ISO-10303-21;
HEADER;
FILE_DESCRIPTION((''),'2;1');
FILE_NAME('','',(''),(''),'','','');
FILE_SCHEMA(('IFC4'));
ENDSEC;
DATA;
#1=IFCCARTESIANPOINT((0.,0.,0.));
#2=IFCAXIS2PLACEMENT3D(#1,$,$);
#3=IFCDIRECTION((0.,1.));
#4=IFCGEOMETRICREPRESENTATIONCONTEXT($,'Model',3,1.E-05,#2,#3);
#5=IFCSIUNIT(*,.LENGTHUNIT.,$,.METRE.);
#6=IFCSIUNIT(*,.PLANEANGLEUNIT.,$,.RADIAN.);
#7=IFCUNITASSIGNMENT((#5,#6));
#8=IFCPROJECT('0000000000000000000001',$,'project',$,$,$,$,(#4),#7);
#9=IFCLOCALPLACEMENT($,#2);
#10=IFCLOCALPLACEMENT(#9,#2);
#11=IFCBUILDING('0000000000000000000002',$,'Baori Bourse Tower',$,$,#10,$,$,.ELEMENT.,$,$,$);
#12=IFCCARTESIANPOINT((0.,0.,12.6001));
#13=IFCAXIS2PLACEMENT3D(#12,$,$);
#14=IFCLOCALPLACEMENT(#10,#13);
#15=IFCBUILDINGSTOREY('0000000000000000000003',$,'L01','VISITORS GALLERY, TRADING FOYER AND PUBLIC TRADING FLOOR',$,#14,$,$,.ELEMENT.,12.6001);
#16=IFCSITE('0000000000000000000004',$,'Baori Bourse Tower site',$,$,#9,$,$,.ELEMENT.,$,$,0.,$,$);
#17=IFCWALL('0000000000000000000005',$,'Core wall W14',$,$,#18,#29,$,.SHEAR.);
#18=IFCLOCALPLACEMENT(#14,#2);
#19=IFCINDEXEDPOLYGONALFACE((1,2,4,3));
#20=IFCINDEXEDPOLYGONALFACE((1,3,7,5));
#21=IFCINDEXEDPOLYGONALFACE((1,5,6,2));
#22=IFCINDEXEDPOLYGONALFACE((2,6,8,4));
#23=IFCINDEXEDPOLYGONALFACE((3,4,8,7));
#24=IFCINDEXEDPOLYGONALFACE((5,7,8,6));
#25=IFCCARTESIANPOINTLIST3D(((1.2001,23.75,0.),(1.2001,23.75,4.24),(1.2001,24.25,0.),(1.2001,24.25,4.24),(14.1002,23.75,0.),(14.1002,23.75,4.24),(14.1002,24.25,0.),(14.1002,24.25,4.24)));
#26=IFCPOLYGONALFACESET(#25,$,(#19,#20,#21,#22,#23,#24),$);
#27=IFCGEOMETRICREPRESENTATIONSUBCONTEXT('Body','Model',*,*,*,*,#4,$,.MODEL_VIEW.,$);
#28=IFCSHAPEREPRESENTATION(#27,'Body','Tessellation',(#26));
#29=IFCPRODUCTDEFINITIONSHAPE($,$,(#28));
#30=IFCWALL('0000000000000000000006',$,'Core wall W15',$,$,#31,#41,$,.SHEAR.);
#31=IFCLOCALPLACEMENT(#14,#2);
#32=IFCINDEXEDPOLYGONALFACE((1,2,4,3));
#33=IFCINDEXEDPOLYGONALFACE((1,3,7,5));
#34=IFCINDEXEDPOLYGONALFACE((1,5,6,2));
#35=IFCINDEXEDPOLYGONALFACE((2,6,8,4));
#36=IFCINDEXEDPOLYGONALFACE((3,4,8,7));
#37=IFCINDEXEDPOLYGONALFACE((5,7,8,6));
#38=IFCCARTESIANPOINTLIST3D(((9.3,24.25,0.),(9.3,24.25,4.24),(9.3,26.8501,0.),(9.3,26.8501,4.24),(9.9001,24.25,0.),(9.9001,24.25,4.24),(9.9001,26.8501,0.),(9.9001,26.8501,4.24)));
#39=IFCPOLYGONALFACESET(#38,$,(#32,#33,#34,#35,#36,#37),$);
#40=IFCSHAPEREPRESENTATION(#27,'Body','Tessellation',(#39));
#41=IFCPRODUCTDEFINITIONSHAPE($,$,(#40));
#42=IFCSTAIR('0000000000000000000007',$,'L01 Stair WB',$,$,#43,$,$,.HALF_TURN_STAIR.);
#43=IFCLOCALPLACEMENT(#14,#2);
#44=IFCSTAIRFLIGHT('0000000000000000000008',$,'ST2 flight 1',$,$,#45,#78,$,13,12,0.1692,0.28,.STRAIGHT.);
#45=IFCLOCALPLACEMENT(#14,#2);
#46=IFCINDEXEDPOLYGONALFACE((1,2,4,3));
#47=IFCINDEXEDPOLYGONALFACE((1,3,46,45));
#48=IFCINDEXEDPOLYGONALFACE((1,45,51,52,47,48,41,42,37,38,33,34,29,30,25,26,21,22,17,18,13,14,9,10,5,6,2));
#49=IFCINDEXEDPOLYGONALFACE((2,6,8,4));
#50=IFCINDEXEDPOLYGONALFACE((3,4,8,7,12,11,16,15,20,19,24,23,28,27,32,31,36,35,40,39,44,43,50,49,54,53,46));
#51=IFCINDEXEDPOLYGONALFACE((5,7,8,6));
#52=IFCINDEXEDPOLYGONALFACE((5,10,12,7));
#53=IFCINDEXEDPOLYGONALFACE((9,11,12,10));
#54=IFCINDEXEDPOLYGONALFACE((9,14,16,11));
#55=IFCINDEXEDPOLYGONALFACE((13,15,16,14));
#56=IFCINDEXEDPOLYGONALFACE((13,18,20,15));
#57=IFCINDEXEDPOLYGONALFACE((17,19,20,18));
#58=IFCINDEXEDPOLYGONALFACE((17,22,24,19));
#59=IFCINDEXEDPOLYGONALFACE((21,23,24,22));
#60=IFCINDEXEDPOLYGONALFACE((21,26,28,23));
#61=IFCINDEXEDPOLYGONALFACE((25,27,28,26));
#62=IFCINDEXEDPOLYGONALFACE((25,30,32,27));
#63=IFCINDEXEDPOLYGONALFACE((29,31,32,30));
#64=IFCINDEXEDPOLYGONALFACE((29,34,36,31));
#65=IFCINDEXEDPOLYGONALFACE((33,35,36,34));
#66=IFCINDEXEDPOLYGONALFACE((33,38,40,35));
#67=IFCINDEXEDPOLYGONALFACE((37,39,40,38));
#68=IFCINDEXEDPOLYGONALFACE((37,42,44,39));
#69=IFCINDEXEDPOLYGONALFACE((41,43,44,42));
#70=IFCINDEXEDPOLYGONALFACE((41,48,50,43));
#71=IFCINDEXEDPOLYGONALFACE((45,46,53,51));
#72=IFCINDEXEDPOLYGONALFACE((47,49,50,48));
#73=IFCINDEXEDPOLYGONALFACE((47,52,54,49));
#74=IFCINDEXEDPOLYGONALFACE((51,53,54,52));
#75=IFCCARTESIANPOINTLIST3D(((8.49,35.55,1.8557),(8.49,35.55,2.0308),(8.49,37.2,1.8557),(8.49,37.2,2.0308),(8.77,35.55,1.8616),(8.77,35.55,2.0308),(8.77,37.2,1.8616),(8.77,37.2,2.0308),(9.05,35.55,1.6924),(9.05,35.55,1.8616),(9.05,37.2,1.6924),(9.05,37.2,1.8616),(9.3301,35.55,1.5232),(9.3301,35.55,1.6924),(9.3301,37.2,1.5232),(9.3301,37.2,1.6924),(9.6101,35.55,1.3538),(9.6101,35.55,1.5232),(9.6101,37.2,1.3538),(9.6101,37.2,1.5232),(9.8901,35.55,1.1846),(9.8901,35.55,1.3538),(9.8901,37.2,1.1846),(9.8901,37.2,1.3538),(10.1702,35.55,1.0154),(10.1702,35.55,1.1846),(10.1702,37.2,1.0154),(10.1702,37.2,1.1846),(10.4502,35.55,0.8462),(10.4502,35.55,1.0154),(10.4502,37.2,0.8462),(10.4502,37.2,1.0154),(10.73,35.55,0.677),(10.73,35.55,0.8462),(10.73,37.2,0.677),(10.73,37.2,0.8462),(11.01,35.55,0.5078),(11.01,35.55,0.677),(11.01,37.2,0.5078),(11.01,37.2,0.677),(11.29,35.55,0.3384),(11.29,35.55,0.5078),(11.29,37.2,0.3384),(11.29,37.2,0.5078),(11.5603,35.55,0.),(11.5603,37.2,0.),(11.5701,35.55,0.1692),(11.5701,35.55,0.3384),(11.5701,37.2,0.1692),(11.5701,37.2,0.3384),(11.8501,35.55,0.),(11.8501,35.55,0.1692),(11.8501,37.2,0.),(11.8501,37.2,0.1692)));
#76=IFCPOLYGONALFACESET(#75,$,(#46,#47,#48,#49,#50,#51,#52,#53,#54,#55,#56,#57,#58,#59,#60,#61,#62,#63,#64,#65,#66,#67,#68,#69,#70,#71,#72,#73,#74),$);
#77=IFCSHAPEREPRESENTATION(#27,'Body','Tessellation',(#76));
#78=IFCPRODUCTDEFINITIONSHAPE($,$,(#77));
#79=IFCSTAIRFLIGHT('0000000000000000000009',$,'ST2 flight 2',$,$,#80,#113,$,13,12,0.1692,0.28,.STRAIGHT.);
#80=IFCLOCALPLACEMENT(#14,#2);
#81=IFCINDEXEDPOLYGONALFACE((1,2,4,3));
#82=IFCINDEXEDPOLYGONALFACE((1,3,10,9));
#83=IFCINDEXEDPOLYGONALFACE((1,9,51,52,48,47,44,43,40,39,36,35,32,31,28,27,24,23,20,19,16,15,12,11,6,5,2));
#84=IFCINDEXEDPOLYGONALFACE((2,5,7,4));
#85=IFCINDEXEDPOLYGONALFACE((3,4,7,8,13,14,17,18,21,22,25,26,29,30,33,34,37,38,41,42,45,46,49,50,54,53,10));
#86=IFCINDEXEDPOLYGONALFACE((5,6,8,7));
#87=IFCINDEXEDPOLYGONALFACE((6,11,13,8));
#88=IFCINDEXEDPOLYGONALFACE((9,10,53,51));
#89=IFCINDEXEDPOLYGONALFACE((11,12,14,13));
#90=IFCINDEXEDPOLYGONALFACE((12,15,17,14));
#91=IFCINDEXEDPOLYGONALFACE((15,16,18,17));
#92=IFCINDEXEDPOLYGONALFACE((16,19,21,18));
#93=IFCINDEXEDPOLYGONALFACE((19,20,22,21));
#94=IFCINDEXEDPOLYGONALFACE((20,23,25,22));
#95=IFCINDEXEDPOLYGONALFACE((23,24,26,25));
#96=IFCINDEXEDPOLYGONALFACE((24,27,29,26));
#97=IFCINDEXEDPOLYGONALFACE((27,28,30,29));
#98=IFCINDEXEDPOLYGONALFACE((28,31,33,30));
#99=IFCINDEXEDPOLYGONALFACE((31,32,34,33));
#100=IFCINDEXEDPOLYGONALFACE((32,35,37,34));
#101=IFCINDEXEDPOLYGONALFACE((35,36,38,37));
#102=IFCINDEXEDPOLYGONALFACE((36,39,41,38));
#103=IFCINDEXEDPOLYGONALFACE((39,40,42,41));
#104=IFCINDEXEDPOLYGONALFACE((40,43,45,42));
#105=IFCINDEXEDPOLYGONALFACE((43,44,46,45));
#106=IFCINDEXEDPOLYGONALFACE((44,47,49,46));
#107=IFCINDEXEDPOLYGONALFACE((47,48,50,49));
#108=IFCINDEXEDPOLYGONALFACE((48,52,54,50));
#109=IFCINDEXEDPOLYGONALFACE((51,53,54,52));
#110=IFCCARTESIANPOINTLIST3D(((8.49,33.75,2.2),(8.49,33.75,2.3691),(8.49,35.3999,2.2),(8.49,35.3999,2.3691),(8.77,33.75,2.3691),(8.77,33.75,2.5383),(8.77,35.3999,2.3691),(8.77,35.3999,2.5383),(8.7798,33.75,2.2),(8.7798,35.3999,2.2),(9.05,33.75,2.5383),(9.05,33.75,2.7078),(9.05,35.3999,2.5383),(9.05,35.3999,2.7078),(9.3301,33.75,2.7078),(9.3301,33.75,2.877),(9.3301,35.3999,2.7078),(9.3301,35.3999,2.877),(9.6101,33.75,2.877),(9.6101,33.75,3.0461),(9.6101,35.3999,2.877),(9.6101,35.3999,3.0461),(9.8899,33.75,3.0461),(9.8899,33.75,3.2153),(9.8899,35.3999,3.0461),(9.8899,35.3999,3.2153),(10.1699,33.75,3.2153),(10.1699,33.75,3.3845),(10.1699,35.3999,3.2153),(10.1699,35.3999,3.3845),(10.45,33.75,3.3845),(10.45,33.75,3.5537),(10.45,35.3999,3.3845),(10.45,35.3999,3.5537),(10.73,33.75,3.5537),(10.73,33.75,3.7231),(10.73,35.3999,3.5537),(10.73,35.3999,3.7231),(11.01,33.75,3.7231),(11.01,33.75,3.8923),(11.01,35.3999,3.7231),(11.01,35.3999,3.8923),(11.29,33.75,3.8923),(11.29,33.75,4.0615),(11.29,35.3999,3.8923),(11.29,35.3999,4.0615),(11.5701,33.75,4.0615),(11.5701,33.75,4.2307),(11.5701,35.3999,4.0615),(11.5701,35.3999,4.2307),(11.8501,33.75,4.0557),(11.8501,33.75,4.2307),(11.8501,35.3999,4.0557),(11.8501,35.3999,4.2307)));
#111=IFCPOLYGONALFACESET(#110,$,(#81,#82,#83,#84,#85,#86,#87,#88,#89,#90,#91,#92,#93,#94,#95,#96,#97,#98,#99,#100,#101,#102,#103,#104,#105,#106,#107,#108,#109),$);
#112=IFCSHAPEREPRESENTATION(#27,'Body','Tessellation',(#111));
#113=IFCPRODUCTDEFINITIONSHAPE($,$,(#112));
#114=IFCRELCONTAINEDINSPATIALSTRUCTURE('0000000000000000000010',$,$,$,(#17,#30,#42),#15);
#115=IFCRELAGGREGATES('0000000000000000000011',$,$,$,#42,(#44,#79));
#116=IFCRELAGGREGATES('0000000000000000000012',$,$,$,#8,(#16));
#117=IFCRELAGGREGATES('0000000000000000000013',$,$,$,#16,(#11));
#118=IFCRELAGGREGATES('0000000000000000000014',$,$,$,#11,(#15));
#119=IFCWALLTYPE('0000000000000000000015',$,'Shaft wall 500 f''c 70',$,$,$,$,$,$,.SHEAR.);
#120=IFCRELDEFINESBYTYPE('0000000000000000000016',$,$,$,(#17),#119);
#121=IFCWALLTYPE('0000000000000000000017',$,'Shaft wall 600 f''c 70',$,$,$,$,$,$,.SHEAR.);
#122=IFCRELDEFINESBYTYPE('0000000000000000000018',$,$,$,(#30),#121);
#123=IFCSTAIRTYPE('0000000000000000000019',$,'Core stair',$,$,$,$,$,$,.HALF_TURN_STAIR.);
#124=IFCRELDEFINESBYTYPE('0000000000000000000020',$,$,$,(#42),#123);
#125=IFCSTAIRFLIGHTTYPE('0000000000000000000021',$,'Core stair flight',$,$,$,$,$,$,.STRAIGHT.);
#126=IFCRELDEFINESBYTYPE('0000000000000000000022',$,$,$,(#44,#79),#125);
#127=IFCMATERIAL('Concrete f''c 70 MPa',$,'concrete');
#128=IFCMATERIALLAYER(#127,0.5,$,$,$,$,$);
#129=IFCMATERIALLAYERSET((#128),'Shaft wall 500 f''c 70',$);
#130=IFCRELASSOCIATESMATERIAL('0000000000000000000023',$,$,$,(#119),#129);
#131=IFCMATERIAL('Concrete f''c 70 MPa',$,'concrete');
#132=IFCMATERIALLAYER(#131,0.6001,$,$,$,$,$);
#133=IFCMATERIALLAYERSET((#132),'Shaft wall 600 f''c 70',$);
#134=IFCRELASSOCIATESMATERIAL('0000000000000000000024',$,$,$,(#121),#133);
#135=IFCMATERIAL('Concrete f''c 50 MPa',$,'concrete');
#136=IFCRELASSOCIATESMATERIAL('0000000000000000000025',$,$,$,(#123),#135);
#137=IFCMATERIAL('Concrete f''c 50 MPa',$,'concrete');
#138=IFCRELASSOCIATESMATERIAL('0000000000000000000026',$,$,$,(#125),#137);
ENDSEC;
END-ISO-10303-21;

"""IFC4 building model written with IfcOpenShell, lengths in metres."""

from ifc_helpers import new_model, si_unit, direction, frame, frame_2d, origin, place, context, subcontext, project, spatial, polyline, rectangle, outline, extrude, material, layer, layer_set, type_object, element, aggregate, save


model = new_model("IFC4")

# Units and contexts
model_context = context("Model", 3, precision=1e-05, world=origin(), true_north=direction((0.0, 1.0)))
body_context = subcontext(model_context, "Body", "Model", "MODEL_VIEW")
ifc_project = project(units=[si_unit("LENGTHUNIT", "METRE"), si_unit("PLANEANGLEUNIT", "RADIAN")], contexts=[model_context])

# Site, building, storey
site_placement = place(None, origin())
site = spatial("IfcSite", under=ifc_project, at=site_placement, Name="Baori Bourse Tower site", CompositionType="ELEMENT", RefElevation=0.0)
building_placement = place(site_placement, origin())
building = spatial("IfcBuilding", under=site, at=building_placement, Name="Baori Bourse Tower", CompositionType="ELEMENT")
storey_placement = place(building_placement, frame((0.0, 0.0, 12.6001)))
storey = spatial("IfcBuildingStorey", under=building, at=storey_placement, Name="L01", Description="VISITORS GALLERY, TRADING FOYER AND PUBLIC TRADING FLOOR", CompositionType="ELEMENT", Elevation=12.6001)

# Walls
ifc_material_1 = material(Name="Concrete f'c 70 MPa", Category="concrete")
ifc_layer_1 = layer(ifc_material_1, 0.5)
ifc_layer_set_1 = layer_set([ifc_layer_1], Name="Shaft wall 500 f'c 70")
wall_type_1 = type_object("IfcWallType", Name="Shaft wall 500 f'c 70", PredefinedType="SHEAR", material=ifc_layer_set_1)
wall_1_placement = place(storey_placement, frame((1.2, 24.0, 0.0), z_axis=(0.0, 0.0, 1.0), x_axis=(1.0, 0.0, 0.0)))
element("IfcWall", 1, at=wall_1_placement, inside=storey, type_object=wall_type_1, Name="Core wall W14", PredefinedType="SHEAR", context=body_context, shape_type="SweptSolid", body=[
    extrude(rectangle(XDim=12.9001, YDim=0.5, at=frame_2d((6.4502, 0.0))), origin(), (0.0, 0.0, 1.0), 4.24),
])
ifc_material_2 = material(Name="Concrete f'c 70 MPa", Category="concrete")
ifc_layer_2 = layer(ifc_material_2, 0.6001)
ifc_layer_set_2 = layer_set([ifc_layer_2], Name="Shaft wall 600 f'c 70")
wall_type_2 = type_object("IfcWallType", Name="Shaft wall 600 f'c 70", PredefinedType="SHEAR", material=ifc_layer_set_2)
wall_2_placement = place(storey_placement, frame((9.6001, 24.25, 0.0), z_axis=(0.0, 0.0, 1.0), x_axis=(0.0, 1.0, 0.0)))
element("IfcWall", 2, at=wall_2_placement, inside=storey, type_object=wall_type_2, Name="Core wall W15", PredefinedType="SHEAR", context=body_context, shape_type="SweptSolid", body=[
    extrude(rectangle(XDim=2.6001, YDim=0.6001, at=frame_2d((1.3, 0.0))), origin(), (0.0, 0.0, 1.0), 4.24),
])

# Stair, stair flights
ifc_material_3 = material(Name="Concrete f'c 50 MPa", Category="concrete")
stair_type = type_object("IfcStairType", Name="Core stair", PredefinedType="HALF_TURN_STAIR", material=ifc_material_3)
stair_placement = place(storey_placement, origin())
stair = element("IfcStair", 3, at=stair_placement, inside=storey, type_object=stair_type, Name="L01 Stair WB", PredefinedType="HALF_TURN_STAIR")
ifc_material_4 = material(Name="Concrete f'c 50 MPa", Category="concrete")
stair_flight_type = type_object("IfcStairFlightType", Name="Core stair flight", PredefinedType="STRAIGHT", material=ifc_material_4)
stair_flight_1_placement = place(storey_placement, frame((11.8501, 36.375, 0.0), z_axis=(0.0, 0.0, 1.0), x_axis=(-1.0, 0.0, 0.0)))
stair_flight_1 = element("IfcStairFlight", 4, at=stair_flight_1_placement, type_object=stair_flight_type, Name="ST2 flight 1", NumberOfRisers=13, NumberOfTreads=12, PredefinedType="STRAIGHT", RiserHeight=0.1692, TreadLength=0.28, context=body_context, shape_type="SweptSolid", body=[
    extrude(outline(polyline([(0.0, 0.0), (0.0, 0.1692), (0.28, 0.1692), (0.28, 0.3384), (0.5601, 0.3384), (0.5601, 0.5078), (0.8401, 0.5078), (0.8401, 0.677), (1.1201, 0.677), (1.1201, 0.8462), (1.3999, 0.8462), (1.3999, 1.0154), (1.6799, 1.0154), (1.6799, 1.1846), (1.96, 1.1846), (1.96, 1.3538), (2.24, 1.3538), (2.24, 1.5232), (2.52, 1.5232), (2.52, 1.6924), (2.8, 1.6924), (2.8, 1.8616), (3.0801, 1.8616), (3.0801, 2.0308), (3.3601, 2.0308), (3.3601, 2.2), (3.3601, 1.8557), (0.2898, 0.0), (0.0, 0.0)])), frame((0.0, 0.825, 0.0), z_axis=(0.0, -1.0, 0.0), x_axis=(1.0, 0.0, 0.0)), (0.0, 0.0, 1.0), 1.6499),
])
stair_flight_2_placement = place(storey_placement, frame((8.49, 34.575, 2.2), z_axis=(0.0, 0.0, 1.0), x_axis=(1.0, 0.0, 0.0)))
stair_flight_2 = element("IfcStairFlight", 5, at=stair_flight_2_placement, type_object=stair_flight_type, Name="ST2 flight 2", NumberOfRisers=13, NumberOfTreads=12, PredefinedType="STRAIGHT", RiserHeight=0.1692, TreadLength=0.28, context=body_context, shape_type="SweptSolid", body=[
    extrude(outline(polyline([(0.0, 0.0), (0.0, 0.1692), (0.28, 0.1692), (0.28, 0.3384), (0.5601, 0.3384), (0.5601, 0.5078), (0.8401, 0.5078), (0.8401, 0.677), (1.1201, 0.677), (1.1201, 0.8462), (1.3999, 0.8462), (1.3999, 1.0154), (1.6799, 1.0154), (1.6799, 1.1846), (1.96, 1.1846), (1.96, 1.3538), (2.24, 1.3538), (2.24, 1.5232), (2.52, 1.5232), (2.52, 1.6924), (2.8, 1.6924), (2.8, 1.8616), (3.0801, 1.8616), (3.0801, 2.0308), (3.3601, 2.0308), (3.3601, 2.2), (3.3601, 1.8557), (0.2898, 0.0), (0.0, 0.0)])), frame((0.0, 0.825, 0.0), z_axis=(0.0, -1.0, 0.0), x_axis=(1.0, 0.0, 0.0)), (0.0, 0.0, 1.0), 1.6499),
])
aggregate(stair, [stair_flight_1, stair_flight_2])

save(model, "model.ifc")
